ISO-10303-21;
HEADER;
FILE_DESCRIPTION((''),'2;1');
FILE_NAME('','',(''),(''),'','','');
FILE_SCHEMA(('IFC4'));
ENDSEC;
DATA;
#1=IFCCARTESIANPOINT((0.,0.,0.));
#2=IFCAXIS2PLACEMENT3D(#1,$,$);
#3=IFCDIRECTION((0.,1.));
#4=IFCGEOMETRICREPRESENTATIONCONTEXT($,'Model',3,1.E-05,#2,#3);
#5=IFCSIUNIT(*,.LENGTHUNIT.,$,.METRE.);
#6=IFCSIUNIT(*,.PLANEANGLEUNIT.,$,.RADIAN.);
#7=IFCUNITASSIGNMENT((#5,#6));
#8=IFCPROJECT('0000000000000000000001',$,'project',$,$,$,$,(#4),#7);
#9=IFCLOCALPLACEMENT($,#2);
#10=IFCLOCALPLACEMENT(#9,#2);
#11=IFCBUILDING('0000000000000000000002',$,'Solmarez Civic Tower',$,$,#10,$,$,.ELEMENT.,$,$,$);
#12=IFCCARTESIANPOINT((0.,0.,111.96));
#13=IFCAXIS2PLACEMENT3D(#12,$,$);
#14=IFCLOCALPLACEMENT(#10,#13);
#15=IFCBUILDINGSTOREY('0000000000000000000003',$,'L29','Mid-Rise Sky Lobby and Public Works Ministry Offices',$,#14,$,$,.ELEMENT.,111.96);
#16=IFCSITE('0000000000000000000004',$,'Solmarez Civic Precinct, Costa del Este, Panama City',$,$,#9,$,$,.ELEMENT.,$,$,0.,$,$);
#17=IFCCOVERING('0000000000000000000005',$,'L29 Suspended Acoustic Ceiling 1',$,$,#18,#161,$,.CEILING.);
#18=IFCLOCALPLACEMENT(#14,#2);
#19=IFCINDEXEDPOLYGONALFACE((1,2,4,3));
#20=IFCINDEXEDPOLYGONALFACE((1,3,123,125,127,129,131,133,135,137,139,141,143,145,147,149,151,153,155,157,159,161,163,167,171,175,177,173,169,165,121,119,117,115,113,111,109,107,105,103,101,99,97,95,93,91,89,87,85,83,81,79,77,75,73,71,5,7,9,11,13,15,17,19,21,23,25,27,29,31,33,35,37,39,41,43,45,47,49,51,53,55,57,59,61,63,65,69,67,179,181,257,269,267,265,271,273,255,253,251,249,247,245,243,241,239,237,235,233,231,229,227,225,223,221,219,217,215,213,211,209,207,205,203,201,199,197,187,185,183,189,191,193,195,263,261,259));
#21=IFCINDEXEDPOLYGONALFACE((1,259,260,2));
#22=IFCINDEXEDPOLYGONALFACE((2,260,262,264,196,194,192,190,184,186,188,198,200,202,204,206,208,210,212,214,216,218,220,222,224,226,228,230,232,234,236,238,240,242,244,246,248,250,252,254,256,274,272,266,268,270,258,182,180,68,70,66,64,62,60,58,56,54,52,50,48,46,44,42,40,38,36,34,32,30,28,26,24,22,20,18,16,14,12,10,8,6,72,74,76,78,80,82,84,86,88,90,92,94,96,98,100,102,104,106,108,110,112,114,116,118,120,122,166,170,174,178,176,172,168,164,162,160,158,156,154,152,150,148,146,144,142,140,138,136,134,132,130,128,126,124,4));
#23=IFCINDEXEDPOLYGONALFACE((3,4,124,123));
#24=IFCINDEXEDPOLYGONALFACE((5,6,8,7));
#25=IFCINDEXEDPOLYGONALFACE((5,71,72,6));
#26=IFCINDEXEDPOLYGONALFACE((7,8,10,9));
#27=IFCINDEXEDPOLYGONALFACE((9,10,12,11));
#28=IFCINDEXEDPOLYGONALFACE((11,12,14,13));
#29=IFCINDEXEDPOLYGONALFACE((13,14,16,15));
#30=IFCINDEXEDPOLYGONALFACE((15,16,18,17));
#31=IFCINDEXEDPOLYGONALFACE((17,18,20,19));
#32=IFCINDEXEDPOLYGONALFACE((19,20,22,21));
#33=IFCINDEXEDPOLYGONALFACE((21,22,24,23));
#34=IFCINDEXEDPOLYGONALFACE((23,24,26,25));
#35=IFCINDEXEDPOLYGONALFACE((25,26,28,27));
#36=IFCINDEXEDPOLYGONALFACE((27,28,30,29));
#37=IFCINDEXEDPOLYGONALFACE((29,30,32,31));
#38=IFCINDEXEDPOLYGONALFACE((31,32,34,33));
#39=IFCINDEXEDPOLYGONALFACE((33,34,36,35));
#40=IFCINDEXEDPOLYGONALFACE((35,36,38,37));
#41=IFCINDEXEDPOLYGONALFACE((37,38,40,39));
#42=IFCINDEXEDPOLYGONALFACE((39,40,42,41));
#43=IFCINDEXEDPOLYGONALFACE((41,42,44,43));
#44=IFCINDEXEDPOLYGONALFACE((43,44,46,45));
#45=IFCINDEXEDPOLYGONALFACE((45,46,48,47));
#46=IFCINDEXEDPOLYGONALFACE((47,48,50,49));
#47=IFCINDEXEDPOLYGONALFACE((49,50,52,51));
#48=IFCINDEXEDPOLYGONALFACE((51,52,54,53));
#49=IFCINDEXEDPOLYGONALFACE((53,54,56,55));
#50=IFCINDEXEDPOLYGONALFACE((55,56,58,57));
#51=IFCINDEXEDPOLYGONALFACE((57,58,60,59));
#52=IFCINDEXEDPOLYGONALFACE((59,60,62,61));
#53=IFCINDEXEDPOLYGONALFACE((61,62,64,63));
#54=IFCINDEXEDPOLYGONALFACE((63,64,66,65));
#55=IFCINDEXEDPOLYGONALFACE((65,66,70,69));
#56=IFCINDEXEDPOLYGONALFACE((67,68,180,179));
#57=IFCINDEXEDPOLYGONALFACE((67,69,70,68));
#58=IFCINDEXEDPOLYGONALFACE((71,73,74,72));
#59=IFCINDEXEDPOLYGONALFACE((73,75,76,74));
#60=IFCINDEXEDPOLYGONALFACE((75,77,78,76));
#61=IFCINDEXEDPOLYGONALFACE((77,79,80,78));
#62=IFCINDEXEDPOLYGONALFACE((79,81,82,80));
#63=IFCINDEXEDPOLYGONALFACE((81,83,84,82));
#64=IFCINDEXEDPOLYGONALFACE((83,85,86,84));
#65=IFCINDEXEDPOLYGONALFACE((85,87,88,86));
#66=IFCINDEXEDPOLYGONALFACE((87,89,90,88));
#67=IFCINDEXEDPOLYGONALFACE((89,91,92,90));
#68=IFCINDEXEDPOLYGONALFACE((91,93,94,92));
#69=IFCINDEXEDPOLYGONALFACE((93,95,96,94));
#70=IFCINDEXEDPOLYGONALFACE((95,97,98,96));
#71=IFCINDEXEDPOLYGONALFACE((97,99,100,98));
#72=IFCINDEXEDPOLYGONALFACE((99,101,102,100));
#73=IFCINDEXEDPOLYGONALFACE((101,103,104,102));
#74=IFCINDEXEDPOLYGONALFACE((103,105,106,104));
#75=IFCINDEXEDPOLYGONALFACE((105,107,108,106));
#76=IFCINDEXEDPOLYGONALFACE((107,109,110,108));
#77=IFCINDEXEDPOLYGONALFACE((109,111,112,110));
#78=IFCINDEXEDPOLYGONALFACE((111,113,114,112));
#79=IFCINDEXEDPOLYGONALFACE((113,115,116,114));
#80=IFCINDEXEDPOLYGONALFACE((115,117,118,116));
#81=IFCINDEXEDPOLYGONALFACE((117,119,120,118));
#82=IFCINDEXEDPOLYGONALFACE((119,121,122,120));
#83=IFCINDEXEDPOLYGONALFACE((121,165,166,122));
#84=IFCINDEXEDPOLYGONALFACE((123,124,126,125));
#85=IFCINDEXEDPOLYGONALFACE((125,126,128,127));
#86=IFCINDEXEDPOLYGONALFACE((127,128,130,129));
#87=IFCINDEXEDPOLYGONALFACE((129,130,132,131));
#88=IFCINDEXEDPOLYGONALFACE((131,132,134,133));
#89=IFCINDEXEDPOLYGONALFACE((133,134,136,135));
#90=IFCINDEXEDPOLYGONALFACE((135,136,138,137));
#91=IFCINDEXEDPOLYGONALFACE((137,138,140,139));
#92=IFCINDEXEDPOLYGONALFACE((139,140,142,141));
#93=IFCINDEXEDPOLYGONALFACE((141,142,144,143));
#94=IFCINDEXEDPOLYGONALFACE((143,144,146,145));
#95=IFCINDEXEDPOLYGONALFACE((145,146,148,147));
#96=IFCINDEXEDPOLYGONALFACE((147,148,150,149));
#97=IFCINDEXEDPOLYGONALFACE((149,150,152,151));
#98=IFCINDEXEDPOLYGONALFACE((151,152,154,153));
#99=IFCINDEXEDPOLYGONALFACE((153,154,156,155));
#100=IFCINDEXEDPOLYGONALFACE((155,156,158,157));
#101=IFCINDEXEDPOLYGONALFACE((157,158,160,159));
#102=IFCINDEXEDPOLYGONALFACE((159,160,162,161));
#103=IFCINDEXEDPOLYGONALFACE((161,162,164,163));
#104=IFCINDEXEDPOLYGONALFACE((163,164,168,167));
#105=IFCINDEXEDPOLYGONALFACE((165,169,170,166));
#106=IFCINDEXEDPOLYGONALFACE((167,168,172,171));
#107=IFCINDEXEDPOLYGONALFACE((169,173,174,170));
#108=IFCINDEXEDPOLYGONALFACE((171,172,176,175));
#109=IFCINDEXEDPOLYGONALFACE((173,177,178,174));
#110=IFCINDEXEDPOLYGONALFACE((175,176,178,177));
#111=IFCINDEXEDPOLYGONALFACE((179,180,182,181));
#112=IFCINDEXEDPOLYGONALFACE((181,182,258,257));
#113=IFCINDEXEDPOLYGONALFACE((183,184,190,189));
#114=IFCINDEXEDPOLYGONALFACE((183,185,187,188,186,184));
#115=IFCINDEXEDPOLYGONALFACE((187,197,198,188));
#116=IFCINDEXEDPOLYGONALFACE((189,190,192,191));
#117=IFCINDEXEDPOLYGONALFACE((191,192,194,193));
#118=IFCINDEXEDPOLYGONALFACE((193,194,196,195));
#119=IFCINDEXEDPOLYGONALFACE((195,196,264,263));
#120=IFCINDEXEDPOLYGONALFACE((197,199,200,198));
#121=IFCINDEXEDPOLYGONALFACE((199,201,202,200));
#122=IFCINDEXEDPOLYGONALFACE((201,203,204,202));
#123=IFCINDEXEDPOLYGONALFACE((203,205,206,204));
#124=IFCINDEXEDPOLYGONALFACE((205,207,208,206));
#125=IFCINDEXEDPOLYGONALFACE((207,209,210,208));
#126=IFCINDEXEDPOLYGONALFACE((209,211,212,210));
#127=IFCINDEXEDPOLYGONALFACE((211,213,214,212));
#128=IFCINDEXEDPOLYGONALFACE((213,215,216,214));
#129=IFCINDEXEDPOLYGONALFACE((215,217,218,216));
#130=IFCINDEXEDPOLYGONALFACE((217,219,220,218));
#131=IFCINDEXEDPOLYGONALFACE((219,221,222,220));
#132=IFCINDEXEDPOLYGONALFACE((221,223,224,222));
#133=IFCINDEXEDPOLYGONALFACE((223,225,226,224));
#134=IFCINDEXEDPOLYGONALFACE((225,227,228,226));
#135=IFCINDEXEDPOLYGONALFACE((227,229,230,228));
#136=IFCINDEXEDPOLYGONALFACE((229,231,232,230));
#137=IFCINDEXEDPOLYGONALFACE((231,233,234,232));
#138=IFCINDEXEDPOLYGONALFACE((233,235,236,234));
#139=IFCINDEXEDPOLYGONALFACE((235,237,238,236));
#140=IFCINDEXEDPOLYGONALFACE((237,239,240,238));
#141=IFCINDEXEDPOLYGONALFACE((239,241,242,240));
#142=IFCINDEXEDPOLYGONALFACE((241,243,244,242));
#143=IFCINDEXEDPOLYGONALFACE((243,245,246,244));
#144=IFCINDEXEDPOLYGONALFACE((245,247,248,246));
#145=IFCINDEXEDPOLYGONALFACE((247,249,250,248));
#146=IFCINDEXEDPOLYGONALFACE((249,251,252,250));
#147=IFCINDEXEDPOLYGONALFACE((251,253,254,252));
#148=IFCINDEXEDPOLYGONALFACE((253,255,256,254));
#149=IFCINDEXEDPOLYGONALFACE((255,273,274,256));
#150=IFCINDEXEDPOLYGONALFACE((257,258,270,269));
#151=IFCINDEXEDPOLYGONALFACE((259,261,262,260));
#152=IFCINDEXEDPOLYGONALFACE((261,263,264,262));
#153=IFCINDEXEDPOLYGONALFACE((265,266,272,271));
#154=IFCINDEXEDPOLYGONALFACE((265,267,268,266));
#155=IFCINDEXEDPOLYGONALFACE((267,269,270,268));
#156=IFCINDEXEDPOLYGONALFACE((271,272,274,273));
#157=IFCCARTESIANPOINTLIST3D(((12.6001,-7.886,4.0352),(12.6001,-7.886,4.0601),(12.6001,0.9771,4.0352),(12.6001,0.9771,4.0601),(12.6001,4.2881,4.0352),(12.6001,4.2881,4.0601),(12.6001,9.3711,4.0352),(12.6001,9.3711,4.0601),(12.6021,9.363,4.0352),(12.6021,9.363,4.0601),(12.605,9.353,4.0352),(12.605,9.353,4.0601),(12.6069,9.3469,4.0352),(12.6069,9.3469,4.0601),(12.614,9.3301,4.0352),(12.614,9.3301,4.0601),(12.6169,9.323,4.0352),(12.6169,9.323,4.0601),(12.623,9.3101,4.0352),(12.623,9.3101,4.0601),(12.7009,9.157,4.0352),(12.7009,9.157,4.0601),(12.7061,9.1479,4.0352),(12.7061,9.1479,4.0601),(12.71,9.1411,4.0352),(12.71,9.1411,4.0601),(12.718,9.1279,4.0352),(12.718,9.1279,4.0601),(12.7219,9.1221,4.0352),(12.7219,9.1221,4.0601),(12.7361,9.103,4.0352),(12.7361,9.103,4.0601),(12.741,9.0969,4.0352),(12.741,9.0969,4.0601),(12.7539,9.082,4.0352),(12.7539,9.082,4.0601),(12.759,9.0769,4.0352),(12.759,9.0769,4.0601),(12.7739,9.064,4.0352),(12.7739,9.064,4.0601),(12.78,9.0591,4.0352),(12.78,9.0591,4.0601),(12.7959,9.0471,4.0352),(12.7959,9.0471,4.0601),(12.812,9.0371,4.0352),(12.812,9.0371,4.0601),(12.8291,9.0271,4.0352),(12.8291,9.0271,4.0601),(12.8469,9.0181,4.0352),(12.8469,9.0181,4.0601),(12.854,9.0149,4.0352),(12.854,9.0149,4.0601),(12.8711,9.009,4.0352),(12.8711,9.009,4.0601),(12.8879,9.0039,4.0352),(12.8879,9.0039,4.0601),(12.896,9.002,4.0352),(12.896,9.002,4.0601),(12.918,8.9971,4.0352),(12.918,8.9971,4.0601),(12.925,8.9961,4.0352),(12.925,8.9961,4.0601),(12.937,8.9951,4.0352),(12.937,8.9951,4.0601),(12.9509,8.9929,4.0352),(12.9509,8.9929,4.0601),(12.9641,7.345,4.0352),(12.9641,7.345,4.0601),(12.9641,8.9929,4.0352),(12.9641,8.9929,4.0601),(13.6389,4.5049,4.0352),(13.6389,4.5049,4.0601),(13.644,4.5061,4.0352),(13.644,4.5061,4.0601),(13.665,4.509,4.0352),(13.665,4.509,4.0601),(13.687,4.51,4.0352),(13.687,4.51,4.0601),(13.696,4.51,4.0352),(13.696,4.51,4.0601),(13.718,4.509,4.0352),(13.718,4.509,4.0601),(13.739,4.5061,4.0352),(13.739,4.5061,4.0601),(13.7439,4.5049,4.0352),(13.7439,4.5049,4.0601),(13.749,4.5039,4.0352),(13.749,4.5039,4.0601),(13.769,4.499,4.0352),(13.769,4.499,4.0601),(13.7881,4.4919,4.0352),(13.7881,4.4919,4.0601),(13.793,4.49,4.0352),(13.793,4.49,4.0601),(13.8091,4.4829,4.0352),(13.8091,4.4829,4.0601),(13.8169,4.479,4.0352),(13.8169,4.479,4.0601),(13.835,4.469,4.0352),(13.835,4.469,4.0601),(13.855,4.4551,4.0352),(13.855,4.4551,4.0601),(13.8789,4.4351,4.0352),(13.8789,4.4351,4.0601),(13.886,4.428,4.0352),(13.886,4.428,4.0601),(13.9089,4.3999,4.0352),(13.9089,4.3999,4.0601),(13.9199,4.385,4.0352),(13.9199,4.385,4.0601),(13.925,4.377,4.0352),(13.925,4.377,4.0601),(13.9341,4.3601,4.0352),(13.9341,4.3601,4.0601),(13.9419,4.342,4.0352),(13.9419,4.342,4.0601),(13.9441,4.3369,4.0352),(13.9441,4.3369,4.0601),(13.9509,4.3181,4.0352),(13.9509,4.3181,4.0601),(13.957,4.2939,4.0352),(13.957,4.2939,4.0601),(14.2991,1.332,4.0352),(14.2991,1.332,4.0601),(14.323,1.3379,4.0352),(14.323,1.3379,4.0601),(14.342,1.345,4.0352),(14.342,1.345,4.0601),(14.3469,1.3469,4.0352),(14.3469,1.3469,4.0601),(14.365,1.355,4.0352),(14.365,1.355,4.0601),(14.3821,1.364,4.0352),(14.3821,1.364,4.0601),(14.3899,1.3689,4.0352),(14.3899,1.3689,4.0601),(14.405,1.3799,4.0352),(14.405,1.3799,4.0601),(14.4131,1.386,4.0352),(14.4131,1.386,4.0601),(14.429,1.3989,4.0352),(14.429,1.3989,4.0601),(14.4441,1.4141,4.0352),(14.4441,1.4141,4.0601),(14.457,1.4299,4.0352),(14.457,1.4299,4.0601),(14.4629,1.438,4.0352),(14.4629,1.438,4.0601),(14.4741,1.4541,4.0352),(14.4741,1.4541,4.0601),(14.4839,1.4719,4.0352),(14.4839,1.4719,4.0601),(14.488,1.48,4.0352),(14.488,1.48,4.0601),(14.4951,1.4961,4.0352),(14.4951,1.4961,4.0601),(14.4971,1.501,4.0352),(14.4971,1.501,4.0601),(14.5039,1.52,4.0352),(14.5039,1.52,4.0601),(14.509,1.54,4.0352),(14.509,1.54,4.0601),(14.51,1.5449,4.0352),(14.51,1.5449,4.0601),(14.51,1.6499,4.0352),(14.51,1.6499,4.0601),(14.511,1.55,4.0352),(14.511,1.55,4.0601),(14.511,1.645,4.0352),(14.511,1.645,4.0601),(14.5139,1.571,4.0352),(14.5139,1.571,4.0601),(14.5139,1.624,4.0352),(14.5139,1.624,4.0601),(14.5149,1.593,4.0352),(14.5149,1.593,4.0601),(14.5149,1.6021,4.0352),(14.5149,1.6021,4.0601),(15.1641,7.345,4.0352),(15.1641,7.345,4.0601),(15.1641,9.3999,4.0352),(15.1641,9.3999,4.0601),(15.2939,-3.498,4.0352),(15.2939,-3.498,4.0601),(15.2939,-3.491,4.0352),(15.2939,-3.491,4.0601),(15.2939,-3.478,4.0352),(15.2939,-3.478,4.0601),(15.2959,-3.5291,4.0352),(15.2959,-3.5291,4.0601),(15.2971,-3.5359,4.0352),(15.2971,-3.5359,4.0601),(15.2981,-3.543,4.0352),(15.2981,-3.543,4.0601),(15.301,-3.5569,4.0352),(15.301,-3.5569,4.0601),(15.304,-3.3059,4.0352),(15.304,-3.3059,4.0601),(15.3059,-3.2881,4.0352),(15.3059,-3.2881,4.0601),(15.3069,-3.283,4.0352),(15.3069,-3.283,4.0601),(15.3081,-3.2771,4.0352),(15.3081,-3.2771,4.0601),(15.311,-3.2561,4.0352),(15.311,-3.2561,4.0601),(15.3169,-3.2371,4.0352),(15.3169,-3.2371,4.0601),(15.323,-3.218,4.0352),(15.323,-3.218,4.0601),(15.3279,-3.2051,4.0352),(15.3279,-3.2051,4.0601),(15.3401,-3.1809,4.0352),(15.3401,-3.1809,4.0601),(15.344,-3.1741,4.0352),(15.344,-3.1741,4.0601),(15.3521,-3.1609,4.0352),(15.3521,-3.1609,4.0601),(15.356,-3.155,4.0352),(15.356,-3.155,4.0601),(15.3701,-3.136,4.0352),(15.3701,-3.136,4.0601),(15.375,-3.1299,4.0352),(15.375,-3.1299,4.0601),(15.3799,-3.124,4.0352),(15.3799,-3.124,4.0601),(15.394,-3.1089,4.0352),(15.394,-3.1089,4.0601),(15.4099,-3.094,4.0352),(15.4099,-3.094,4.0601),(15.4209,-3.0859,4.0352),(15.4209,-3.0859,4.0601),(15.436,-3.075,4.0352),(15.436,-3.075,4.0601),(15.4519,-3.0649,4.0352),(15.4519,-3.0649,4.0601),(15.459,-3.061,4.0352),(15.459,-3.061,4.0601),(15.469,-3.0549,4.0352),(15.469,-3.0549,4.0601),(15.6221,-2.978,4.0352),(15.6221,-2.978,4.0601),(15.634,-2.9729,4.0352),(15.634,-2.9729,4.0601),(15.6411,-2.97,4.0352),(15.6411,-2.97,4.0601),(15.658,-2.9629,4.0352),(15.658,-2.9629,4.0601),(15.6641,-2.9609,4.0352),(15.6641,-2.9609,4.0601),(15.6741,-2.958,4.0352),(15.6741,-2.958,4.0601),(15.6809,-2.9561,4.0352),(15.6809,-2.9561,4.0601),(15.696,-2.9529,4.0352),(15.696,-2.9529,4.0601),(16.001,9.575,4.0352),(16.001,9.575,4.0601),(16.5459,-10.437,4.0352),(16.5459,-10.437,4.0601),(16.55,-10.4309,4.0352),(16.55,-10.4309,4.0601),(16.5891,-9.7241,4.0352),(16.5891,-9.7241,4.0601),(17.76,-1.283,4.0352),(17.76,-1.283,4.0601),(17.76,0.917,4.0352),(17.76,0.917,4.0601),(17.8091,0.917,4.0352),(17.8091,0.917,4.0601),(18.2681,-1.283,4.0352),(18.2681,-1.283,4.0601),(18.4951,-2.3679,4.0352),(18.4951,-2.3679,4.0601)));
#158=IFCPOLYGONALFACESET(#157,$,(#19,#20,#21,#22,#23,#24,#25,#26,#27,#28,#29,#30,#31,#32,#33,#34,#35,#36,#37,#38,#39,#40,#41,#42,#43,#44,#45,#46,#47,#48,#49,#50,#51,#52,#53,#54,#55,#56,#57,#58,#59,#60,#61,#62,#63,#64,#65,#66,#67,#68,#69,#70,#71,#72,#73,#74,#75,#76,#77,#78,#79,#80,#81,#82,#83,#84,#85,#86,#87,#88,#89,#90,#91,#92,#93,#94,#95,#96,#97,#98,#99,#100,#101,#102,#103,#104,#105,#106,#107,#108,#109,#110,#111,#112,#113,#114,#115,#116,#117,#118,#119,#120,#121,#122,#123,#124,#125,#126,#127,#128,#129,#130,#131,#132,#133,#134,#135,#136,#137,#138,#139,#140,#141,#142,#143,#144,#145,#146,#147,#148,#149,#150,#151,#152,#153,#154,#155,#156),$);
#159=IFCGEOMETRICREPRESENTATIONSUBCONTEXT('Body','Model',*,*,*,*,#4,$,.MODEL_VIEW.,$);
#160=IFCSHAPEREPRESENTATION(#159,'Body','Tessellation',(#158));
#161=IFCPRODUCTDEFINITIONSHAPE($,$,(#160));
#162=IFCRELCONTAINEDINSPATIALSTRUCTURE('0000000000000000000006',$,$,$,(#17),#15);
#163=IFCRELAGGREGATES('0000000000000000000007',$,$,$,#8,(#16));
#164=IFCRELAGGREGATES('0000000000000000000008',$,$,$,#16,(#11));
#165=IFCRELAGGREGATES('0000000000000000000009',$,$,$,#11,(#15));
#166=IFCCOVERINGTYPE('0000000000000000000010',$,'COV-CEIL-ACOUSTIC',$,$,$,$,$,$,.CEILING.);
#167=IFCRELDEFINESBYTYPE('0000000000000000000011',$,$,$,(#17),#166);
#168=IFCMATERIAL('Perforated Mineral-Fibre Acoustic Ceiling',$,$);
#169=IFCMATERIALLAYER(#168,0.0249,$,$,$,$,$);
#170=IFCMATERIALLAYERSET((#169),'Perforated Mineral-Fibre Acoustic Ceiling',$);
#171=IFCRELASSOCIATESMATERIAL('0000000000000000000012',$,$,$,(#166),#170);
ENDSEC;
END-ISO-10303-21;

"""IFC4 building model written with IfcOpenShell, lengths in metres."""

from ifc_helpers import new_model, si_unit, direction, frame, origin, place, context, subcontext, project, spatial, polyline, outline, extrude, material, layer, layer_set, type_object, element, save


model = new_model("IFC4")

# Units and contexts
model_context = context("Model", 3, precision=1e-05, world=origin(), true_north=direction((0.0, 1.0)))
body_context = subcontext(model_context, "Body", "Model", "MODEL_VIEW")
ifc_project = project(units=[si_unit("LENGTHUNIT", "METRE"), si_unit("PLANEANGLEUNIT", "RADIAN")], contexts=[model_context])

# Site, building, storey
site_placement = place(None, origin())
site = spatial("IfcSite", under=ifc_project, at=site_placement, Name="Solmarez Civic Precinct, Costa del Este, Panama City", CompositionType="ELEMENT", RefElevation=0.0)
building_placement = place(site_placement, origin())
building = spatial("IfcBuilding", under=site, at=building_placement, Name="Solmarez Civic Tower", CompositionType="ELEMENT")
storey_placement = place(building_placement, frame((0.0, 0.0, 111.96)))
storey = spatial("IfcBuildingStorey", under=building, at=storey_placement, Name="L29", Description="Mid-Rise Sky Lobby and Public Works Ministry Offices", CompositionType="ELEMENT", Elevation=111.96)

# Covering
ifc_material_1 = material(Name="Perforated Mineral-Fibre Acoustic Ceiling")
ifc_layer_1 = layer(ifc_material_1, 0.0249)
ifc_layer_set_1 = layer_set([ifc_layer_1], Name="Perforated Mineral-Fibre Acoustic Ceiling")
covering_type_1 = type_object("IfcCoveringType", Name="COV-CEIL-ACOUSTIC", PredefinedType="CEILING", material=ifc_layer_set_1)
covering_1_placement = place(storey_placement, frame((0.0, 0.0, 4.0352)))
element("IfcCovering", 1, at=covering_1_placement, inside=storey, type_object=covering_type_1, Name="L29 Suspended Acoustic Ceiling 1", PredefinedType="CEILING", context=body_context, shape_type="SweptSolid", body=[
    extrude(outline(polyline([(12.812, 9.0371), (12.7959, 9.0471), (12.78, 9.0591), (12.7739, 9.064), (12.759, 9.0769), (12.7539, 9.082), (12.741, 9.0969), (12.7361, 9.103), (12.7219, 9.1221), (12.718, 9.1279), (12.71, 9.1411), (12.7061, 9.1479), (12.7009, 9.157), (12.623, 9.3101), (12.6169, 9.323), (12.614, 9.3301), (12.6069, 9.3469), (12.605, 9.353), (12.6021, 9.363), (12.6001, 9.3711), (12.6001, 4.2881), (13.6389, 4.5049), (13.644, 4.5061), (13.665, 4.509), (13.687, 4.51), (13.696, 4.51), (13.718, 4.509), (13.739, 4.5061), (13.7439, 4.5049), (13.749, 4.5039), (13.769, 4.499), (13.7881, 4.4919), (13.793, 4.49), (13.8091, 4.4829), (13.8169, 4.479), (13.835, 4.469), (13.855, 4.4551), (13.8789, 4.4351), (13.886, 4.428), (13.9089, 4.3999), (13.9199, 4.385), (13.925, 4.377), (13.9341, 4.3601), (13.9419, 4.342), (13.9441, 4.3369), (13.9509, 4.3181), (13.957, 4.2939), (14.51, 1.6499), (14.511, 1.645), (14.5139, 1.624), (14.5149, 1.6021), (14.5149, 1.593), (14.5139, 1.571), (14.511, 1.55), (14.51, 1.5449), (14.509, 1.54), (14.5039, 1.52), (14.4971, 1.501), (14.4951, 1.4961), (14.488, 1.48), (14.4839, 1.4719), (14.4741, 1.4541), (14.4629, 1.438), (14.457, 1.4299), (14.4441, 1.4141), (14.429, 1.3989), (14.4131, 1.386), (14.405, 1.3799), (14.3899, 1.3689), (14.3821, 1.364), (14.365, 1.355), (14.3469, 1.3469), (14.342, 1.345), (14.323, 1.3379), (14.2991, 1.332), (12.6001, 0.9771), (12.6001, -7.886), (16.5459, -10.437), (16.55, -10.4309), (16.5891, -9.7241), (15.301, -3.5569), (15.2981, -3.543), (15.2971, -3.5359), (15.2959, -3.5291), (15.2939, -3.498), (15.2939, -3.491), (15.2939, -3.478), (15.304, -3.3059), (15.3059, -3.2881), (15.3069, -3.283), (15.3081, -3.2771), (15.311, -3.2561), (15.3169, -3.2371), (15.323, -3.218), (15.3279, -3.2051), (15.3401, -3.1809), (15.344, -3.1741), (15.3521, -3.1609), (15.356, -3.155), (15.3701, -3.136), (15.375, -3.1299), (15.3799, -3.124), (15.394, -3.1089), (15.4099, -3.094), (15.4209, -3.0859), (15.436, -3.075), (15.4519, -3.0649), (15.459, -3.061), (15.469, -3.0549), (15.6221, -2.978), (15.634, -2.9729), (15.6411, -2.97), (15.658, -2.9629), (15.6641, -2.9609), (15.6741, -2.958), (15.6809, -2.9561), (15.696, -2.9529), (18.4951, -2.3679), (18.2681, -1.283), (17.76, -1.283), (17.76, 0.917), (17.8091, 0.917), (16.001, 9.575), (15.1641, 9.3999), (15.1641, 7.345), (12.9641, 7.345), (12.9641, 8.9929), (12.9509, 8.9929), (12.937, 8.9951), (12.925, 8.9961), (12.918, 8.9971), (12.896, 9.002), (12.8879, 9.0039), (12.8711, 9.009), (12.854, 9.0149), (12.8469, 9.0181), (12.8291, 9.0271), (12.812, 9.0371)])), origin(), (0.0, 0.0, 1.0), 0.0249),
])

save(model, "model.ifc")
